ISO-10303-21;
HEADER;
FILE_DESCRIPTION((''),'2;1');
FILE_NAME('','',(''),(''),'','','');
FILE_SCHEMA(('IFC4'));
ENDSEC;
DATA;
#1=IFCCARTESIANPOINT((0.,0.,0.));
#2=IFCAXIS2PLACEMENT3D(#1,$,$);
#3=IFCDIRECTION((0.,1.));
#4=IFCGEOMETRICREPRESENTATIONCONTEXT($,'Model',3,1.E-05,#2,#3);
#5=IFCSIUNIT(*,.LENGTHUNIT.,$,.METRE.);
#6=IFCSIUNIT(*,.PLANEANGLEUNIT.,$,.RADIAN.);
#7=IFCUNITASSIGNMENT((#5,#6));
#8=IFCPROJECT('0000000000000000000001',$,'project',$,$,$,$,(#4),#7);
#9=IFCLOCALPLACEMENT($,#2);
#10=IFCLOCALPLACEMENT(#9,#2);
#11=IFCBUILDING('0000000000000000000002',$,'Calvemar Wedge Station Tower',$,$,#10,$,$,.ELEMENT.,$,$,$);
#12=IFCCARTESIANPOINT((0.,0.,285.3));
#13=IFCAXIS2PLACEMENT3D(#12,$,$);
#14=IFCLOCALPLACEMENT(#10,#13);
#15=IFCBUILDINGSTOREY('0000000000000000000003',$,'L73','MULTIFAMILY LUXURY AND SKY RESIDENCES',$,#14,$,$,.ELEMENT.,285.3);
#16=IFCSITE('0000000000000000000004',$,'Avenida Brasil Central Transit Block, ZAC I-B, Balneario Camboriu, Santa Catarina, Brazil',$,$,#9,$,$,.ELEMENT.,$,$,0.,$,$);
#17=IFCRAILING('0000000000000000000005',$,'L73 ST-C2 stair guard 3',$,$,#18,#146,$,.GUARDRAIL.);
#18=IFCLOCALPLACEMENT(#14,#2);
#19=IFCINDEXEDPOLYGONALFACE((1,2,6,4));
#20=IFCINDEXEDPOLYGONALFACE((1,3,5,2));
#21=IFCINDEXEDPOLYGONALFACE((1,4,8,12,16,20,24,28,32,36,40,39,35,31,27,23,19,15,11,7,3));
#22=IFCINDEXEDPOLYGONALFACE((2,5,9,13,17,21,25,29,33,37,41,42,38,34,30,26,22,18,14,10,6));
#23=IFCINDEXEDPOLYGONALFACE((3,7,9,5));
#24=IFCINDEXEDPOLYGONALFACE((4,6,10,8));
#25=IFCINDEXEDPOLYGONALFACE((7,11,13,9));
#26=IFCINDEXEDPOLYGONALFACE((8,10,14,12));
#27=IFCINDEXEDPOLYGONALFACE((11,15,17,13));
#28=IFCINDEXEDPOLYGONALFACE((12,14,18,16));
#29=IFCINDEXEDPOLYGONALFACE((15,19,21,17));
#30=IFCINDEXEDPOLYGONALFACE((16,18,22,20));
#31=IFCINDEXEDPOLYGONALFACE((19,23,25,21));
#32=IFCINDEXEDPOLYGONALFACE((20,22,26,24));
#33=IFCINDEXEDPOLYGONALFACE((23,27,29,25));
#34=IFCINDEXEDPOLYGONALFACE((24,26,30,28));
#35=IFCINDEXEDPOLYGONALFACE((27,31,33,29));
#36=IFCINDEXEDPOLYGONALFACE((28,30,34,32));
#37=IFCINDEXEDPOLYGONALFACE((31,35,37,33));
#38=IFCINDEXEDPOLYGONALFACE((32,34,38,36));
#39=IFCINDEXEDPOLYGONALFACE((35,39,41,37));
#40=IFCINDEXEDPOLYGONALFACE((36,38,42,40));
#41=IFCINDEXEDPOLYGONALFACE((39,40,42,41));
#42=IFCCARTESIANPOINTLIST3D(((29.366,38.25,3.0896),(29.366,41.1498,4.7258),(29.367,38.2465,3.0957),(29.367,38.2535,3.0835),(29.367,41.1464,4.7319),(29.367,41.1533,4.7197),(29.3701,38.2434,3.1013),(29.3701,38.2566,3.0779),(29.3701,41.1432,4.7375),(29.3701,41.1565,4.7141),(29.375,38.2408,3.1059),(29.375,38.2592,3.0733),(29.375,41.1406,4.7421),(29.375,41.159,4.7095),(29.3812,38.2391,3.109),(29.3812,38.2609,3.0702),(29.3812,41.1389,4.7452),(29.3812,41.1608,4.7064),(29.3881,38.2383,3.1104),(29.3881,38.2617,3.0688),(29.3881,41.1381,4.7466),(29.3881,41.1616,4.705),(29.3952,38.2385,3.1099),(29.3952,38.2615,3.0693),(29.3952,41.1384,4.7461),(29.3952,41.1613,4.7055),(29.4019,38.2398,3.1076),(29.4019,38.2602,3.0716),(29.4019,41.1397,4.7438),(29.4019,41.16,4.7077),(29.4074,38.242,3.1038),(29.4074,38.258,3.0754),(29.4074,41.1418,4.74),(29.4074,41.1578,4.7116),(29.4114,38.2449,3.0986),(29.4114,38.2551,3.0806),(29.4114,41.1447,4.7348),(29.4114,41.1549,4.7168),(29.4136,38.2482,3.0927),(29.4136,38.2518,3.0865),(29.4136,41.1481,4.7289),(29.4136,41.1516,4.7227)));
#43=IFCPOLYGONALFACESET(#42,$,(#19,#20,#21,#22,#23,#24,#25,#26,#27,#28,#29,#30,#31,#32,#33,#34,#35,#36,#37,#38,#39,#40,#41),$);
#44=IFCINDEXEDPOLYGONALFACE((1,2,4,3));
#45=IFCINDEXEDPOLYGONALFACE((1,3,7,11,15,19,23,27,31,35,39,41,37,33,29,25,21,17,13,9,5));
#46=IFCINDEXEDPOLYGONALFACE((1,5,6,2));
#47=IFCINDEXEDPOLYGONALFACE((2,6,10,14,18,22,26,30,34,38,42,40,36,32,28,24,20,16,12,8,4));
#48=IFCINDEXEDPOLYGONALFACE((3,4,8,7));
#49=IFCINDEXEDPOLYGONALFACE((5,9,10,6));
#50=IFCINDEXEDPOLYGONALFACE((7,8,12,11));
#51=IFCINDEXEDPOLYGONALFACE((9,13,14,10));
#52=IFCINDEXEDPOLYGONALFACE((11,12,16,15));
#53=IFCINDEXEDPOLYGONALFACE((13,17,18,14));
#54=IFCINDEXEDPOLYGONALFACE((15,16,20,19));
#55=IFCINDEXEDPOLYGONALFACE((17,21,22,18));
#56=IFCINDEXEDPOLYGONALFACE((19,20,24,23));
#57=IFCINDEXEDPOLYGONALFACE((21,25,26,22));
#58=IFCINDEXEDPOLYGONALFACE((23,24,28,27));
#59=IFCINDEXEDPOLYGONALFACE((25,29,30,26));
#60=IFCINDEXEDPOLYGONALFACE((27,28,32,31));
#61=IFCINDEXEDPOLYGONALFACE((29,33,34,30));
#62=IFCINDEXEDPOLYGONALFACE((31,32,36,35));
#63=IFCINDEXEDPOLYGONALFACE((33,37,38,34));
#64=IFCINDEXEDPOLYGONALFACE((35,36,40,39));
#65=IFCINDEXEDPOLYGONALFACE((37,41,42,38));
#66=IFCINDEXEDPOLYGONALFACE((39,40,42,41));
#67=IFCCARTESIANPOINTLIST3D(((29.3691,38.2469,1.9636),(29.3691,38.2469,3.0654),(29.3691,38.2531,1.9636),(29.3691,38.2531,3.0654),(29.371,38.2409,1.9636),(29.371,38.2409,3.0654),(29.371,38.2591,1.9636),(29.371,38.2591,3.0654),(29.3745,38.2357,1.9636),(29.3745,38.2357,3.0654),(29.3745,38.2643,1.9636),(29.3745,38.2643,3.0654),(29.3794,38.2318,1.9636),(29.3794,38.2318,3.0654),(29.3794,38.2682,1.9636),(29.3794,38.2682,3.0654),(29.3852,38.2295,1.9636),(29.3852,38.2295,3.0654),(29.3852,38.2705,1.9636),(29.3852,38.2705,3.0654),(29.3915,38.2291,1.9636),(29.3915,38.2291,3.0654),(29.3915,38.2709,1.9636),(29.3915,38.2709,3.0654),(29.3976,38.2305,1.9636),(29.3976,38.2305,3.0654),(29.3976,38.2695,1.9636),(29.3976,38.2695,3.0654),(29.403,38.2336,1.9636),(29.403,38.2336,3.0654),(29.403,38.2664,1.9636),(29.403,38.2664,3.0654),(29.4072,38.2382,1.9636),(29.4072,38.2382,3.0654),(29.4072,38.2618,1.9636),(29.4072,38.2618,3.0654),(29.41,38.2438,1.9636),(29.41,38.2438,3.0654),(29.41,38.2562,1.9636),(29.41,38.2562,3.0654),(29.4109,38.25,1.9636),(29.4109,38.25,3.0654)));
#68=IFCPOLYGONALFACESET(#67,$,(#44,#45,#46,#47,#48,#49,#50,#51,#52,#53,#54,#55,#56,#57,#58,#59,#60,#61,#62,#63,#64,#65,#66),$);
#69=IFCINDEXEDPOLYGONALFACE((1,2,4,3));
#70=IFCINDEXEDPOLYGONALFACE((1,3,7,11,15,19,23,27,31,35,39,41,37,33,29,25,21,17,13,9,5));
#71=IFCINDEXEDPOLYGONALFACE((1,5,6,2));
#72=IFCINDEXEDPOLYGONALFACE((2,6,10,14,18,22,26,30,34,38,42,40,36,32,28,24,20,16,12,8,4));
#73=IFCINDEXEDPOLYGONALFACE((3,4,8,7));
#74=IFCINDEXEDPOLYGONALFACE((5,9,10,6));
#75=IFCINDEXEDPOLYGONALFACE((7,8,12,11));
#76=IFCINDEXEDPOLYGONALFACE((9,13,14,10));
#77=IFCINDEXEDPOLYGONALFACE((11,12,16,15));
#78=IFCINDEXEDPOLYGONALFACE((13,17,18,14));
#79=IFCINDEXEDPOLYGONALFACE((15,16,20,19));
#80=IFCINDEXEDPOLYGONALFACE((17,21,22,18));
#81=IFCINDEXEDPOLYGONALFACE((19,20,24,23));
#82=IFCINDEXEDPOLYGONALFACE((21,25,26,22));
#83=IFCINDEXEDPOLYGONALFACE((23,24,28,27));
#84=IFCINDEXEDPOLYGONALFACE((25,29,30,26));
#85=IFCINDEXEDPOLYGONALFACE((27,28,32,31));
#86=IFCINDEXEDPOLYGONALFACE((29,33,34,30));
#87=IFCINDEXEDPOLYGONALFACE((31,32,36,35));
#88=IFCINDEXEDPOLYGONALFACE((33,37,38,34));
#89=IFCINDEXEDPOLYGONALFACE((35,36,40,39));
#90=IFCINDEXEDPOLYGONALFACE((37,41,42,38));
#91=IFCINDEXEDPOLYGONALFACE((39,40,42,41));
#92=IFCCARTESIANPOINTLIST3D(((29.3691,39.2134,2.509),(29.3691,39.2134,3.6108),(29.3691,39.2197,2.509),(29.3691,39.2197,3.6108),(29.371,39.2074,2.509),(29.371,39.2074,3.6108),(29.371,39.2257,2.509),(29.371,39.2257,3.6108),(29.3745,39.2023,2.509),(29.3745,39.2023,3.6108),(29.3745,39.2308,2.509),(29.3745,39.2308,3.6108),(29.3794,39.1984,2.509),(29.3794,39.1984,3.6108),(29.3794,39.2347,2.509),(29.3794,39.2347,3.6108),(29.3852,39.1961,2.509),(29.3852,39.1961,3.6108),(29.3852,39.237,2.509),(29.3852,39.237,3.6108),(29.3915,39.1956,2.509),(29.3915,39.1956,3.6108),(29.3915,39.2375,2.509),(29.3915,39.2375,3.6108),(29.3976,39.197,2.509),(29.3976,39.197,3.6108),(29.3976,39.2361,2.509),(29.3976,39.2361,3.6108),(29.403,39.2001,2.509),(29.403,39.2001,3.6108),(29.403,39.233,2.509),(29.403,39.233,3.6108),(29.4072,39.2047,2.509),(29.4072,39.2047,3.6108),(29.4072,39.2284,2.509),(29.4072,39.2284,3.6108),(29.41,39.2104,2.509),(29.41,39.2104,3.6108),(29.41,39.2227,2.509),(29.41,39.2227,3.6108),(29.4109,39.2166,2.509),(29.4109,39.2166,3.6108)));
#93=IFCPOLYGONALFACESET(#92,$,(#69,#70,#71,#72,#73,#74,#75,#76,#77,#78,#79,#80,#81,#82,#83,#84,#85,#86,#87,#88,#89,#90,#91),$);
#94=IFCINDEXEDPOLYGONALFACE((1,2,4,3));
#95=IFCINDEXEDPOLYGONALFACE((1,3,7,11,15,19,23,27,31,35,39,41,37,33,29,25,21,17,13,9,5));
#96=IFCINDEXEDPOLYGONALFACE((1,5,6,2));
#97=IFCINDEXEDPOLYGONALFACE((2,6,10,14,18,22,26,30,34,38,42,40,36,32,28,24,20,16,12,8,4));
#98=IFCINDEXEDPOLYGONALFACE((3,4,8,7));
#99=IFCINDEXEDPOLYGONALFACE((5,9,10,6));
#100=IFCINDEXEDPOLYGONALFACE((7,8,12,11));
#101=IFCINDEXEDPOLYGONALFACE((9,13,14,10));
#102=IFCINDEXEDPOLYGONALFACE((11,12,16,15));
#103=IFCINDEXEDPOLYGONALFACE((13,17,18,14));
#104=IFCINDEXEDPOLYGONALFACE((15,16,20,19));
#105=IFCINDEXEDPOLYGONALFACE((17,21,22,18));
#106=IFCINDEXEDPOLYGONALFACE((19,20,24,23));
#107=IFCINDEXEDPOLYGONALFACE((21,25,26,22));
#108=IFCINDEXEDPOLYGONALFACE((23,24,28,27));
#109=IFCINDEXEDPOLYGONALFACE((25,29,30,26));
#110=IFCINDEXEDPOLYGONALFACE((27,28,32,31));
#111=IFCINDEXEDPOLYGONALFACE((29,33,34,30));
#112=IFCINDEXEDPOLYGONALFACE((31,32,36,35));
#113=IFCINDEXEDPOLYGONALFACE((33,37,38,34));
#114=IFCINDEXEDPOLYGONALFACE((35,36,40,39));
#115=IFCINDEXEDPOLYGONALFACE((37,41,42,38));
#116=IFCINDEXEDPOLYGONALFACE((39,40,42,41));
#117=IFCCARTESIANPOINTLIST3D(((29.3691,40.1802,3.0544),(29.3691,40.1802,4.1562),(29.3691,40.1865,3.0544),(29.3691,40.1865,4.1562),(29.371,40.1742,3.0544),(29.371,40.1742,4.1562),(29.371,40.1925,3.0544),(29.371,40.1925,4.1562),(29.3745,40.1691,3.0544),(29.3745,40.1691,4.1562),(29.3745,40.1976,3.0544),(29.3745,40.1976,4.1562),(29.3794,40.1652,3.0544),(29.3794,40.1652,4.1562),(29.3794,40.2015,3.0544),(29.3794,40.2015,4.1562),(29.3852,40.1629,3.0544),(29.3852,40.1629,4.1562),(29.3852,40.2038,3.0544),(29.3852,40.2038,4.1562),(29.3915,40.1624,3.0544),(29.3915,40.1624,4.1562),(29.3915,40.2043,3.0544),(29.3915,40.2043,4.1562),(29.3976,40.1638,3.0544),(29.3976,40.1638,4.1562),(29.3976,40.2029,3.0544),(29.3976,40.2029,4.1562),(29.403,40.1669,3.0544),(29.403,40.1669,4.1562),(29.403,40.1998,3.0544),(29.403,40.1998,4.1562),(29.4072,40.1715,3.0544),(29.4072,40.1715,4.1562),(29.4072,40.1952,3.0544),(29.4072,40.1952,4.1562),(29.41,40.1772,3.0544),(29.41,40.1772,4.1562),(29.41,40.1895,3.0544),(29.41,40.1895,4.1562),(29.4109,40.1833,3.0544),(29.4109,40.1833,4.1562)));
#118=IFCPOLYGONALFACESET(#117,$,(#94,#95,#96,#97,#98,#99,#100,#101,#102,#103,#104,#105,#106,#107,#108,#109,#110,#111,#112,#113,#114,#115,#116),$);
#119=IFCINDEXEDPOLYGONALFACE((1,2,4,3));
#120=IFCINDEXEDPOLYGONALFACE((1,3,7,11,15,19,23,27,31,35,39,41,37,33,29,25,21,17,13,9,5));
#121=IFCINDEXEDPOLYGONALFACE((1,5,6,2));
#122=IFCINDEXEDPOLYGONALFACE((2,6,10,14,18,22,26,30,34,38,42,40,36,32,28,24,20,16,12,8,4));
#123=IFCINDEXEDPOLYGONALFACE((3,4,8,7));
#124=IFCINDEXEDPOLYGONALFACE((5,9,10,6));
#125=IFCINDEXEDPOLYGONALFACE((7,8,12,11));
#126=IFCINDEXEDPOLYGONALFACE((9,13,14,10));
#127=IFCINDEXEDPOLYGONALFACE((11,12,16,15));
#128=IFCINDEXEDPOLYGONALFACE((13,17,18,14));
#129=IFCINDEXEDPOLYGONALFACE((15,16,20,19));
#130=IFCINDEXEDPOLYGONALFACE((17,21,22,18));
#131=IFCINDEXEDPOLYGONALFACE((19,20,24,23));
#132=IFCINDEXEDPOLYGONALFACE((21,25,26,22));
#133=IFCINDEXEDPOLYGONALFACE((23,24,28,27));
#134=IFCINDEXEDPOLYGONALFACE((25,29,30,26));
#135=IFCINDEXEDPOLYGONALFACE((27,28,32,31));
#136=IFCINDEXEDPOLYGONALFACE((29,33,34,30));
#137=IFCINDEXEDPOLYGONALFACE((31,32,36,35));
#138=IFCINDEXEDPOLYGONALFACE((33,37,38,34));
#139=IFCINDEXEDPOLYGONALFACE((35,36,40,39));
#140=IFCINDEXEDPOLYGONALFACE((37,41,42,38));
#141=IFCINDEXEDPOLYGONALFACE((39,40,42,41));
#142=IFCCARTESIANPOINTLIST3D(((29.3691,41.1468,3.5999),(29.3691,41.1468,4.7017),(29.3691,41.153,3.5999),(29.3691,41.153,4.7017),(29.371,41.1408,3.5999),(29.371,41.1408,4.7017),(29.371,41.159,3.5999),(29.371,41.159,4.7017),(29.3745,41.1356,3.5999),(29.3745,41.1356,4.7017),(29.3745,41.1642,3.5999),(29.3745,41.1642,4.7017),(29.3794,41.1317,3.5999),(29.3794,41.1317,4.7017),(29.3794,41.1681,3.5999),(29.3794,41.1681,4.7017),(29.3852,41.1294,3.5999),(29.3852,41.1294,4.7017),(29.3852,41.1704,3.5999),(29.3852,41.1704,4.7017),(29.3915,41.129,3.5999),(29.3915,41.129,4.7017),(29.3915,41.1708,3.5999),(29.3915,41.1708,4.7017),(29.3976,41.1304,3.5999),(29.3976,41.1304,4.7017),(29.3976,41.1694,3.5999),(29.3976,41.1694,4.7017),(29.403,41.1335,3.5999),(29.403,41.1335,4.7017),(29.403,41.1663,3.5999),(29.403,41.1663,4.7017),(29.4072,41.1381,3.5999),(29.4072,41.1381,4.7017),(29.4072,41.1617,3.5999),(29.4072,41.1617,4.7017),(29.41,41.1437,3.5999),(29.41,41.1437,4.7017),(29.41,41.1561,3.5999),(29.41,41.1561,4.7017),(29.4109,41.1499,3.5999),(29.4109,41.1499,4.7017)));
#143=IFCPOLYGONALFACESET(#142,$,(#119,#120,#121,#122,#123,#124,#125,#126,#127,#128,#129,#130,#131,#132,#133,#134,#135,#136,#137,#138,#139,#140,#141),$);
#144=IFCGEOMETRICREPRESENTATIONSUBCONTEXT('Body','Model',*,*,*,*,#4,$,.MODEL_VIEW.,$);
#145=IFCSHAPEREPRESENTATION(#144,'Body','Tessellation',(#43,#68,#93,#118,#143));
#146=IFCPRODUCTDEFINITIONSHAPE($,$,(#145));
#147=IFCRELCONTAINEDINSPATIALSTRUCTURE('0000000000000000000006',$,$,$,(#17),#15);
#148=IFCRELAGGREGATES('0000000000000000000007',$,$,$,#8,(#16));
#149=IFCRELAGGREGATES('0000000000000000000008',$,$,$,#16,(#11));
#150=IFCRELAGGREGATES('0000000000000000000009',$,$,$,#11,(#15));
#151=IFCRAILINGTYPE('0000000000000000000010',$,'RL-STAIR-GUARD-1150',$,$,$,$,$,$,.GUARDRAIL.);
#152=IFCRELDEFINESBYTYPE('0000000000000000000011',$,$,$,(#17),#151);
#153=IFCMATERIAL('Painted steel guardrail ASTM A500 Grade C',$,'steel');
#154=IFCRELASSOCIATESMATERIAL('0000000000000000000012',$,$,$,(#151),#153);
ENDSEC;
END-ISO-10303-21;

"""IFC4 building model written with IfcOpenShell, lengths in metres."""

from ifc_helpers import new_model, si_unit, direction, frame, origin, origin_2d, place, context, subcontext, project, spatial, circle, extrude, material, type_object, element, save


model = new_model("IFC4")

# Units and contexts
model_context = context("Model", 3, precision=1e-05, world=origin(), true_north=direction((0.0, 1.0)))
body_context = subcontext(model_context, "Body", "Model", "MODEL_VIEW")
ifc_project = project(units=[si_unit("LENGTHUNIT", "METRE"), si_unit("PLANEANGLEUNIT", "RADIAN")], contexts=[model_context])

# Site, building, storey
site_placement = place(None, origin())
site = spatial("IfcSite", under=ifc_project, at=site_placement, Name="Avenida Brasil Central Transit Block, ZAC I-B, Balneario Camboriu, Santa Catarina, Brazil", CompositionType="ELEMENT", RefElevation=0.0)
building_placement = place(site_placement, origin())
building = spatial("IfcBuilding", under=site, at=building_placement, Name="Calvemar Wedge Station Tower", CompositionType="ELEMENT")
storey_placement = place(building_placement, frame((0.0, 0.0, 285.3)))
storey = spatial("IfcBuildingStorey", under=building, at=storey_placement, Name="L73", Description="MULTIFAMILY LUXURY AND SKY RESIDENCES", CompositionType="ELEMENT", Elevation=285.3)

# Railing
ifc_material_1 = material(Name="Painted steel guardrail ASTM A500 Grade C", Category="steel")
railing_type_1 = type_object("IfcRailingType", Name="RL-STAIR-GUARD-1150", PredefinedType="GUARDRAIL", material=ifc_material_1)
railing_1_placement = place(storey_placement, frame((29.3899, 38.25, 1.9636)))
element("IfcRailing", 1, at=railing_1_placement, inside=storey, type_object=railing_type_1, Name="L73 ST-C2 stair guard 3", PredefinedType="GUARDRAIL", context=body_context, shape_type="SweptSolid", body=[
    extrude(circle(Radius=0.0239, at=origin_2d()), frame((0.0, 0.0, 1.126), z_axis=(0.0, 0.870929, 0.49141), x_axis=(-1.0, 0.0, 0.0)), (0.0, 0.0, 1.0), 3.3296),
    extrude(circle(Radius=0.021, at=origin_2d()), origin(), (0.0, 0.0, 1.0), 1.1018),
    extrude(circle(Radius=0.021, at=origin_2d()), frame((0.0, 0.9666, 0.5454)), (0.0, 0.0, 1.0), 1.1018),
    extrude(circle(Radius=0.021, at=origin_2d()), frame((0.0, 1.9333, 1.0908)), (0.0, 0.0, 1.0), 1.1018),
    extrude(circle(Radius=0.021, at=origin_2d()), frame((0.0, 2.8999, 1.6362)), (0.0, 0.0, 1.0), 1.1018),
])

save(model, "model.ifc")
